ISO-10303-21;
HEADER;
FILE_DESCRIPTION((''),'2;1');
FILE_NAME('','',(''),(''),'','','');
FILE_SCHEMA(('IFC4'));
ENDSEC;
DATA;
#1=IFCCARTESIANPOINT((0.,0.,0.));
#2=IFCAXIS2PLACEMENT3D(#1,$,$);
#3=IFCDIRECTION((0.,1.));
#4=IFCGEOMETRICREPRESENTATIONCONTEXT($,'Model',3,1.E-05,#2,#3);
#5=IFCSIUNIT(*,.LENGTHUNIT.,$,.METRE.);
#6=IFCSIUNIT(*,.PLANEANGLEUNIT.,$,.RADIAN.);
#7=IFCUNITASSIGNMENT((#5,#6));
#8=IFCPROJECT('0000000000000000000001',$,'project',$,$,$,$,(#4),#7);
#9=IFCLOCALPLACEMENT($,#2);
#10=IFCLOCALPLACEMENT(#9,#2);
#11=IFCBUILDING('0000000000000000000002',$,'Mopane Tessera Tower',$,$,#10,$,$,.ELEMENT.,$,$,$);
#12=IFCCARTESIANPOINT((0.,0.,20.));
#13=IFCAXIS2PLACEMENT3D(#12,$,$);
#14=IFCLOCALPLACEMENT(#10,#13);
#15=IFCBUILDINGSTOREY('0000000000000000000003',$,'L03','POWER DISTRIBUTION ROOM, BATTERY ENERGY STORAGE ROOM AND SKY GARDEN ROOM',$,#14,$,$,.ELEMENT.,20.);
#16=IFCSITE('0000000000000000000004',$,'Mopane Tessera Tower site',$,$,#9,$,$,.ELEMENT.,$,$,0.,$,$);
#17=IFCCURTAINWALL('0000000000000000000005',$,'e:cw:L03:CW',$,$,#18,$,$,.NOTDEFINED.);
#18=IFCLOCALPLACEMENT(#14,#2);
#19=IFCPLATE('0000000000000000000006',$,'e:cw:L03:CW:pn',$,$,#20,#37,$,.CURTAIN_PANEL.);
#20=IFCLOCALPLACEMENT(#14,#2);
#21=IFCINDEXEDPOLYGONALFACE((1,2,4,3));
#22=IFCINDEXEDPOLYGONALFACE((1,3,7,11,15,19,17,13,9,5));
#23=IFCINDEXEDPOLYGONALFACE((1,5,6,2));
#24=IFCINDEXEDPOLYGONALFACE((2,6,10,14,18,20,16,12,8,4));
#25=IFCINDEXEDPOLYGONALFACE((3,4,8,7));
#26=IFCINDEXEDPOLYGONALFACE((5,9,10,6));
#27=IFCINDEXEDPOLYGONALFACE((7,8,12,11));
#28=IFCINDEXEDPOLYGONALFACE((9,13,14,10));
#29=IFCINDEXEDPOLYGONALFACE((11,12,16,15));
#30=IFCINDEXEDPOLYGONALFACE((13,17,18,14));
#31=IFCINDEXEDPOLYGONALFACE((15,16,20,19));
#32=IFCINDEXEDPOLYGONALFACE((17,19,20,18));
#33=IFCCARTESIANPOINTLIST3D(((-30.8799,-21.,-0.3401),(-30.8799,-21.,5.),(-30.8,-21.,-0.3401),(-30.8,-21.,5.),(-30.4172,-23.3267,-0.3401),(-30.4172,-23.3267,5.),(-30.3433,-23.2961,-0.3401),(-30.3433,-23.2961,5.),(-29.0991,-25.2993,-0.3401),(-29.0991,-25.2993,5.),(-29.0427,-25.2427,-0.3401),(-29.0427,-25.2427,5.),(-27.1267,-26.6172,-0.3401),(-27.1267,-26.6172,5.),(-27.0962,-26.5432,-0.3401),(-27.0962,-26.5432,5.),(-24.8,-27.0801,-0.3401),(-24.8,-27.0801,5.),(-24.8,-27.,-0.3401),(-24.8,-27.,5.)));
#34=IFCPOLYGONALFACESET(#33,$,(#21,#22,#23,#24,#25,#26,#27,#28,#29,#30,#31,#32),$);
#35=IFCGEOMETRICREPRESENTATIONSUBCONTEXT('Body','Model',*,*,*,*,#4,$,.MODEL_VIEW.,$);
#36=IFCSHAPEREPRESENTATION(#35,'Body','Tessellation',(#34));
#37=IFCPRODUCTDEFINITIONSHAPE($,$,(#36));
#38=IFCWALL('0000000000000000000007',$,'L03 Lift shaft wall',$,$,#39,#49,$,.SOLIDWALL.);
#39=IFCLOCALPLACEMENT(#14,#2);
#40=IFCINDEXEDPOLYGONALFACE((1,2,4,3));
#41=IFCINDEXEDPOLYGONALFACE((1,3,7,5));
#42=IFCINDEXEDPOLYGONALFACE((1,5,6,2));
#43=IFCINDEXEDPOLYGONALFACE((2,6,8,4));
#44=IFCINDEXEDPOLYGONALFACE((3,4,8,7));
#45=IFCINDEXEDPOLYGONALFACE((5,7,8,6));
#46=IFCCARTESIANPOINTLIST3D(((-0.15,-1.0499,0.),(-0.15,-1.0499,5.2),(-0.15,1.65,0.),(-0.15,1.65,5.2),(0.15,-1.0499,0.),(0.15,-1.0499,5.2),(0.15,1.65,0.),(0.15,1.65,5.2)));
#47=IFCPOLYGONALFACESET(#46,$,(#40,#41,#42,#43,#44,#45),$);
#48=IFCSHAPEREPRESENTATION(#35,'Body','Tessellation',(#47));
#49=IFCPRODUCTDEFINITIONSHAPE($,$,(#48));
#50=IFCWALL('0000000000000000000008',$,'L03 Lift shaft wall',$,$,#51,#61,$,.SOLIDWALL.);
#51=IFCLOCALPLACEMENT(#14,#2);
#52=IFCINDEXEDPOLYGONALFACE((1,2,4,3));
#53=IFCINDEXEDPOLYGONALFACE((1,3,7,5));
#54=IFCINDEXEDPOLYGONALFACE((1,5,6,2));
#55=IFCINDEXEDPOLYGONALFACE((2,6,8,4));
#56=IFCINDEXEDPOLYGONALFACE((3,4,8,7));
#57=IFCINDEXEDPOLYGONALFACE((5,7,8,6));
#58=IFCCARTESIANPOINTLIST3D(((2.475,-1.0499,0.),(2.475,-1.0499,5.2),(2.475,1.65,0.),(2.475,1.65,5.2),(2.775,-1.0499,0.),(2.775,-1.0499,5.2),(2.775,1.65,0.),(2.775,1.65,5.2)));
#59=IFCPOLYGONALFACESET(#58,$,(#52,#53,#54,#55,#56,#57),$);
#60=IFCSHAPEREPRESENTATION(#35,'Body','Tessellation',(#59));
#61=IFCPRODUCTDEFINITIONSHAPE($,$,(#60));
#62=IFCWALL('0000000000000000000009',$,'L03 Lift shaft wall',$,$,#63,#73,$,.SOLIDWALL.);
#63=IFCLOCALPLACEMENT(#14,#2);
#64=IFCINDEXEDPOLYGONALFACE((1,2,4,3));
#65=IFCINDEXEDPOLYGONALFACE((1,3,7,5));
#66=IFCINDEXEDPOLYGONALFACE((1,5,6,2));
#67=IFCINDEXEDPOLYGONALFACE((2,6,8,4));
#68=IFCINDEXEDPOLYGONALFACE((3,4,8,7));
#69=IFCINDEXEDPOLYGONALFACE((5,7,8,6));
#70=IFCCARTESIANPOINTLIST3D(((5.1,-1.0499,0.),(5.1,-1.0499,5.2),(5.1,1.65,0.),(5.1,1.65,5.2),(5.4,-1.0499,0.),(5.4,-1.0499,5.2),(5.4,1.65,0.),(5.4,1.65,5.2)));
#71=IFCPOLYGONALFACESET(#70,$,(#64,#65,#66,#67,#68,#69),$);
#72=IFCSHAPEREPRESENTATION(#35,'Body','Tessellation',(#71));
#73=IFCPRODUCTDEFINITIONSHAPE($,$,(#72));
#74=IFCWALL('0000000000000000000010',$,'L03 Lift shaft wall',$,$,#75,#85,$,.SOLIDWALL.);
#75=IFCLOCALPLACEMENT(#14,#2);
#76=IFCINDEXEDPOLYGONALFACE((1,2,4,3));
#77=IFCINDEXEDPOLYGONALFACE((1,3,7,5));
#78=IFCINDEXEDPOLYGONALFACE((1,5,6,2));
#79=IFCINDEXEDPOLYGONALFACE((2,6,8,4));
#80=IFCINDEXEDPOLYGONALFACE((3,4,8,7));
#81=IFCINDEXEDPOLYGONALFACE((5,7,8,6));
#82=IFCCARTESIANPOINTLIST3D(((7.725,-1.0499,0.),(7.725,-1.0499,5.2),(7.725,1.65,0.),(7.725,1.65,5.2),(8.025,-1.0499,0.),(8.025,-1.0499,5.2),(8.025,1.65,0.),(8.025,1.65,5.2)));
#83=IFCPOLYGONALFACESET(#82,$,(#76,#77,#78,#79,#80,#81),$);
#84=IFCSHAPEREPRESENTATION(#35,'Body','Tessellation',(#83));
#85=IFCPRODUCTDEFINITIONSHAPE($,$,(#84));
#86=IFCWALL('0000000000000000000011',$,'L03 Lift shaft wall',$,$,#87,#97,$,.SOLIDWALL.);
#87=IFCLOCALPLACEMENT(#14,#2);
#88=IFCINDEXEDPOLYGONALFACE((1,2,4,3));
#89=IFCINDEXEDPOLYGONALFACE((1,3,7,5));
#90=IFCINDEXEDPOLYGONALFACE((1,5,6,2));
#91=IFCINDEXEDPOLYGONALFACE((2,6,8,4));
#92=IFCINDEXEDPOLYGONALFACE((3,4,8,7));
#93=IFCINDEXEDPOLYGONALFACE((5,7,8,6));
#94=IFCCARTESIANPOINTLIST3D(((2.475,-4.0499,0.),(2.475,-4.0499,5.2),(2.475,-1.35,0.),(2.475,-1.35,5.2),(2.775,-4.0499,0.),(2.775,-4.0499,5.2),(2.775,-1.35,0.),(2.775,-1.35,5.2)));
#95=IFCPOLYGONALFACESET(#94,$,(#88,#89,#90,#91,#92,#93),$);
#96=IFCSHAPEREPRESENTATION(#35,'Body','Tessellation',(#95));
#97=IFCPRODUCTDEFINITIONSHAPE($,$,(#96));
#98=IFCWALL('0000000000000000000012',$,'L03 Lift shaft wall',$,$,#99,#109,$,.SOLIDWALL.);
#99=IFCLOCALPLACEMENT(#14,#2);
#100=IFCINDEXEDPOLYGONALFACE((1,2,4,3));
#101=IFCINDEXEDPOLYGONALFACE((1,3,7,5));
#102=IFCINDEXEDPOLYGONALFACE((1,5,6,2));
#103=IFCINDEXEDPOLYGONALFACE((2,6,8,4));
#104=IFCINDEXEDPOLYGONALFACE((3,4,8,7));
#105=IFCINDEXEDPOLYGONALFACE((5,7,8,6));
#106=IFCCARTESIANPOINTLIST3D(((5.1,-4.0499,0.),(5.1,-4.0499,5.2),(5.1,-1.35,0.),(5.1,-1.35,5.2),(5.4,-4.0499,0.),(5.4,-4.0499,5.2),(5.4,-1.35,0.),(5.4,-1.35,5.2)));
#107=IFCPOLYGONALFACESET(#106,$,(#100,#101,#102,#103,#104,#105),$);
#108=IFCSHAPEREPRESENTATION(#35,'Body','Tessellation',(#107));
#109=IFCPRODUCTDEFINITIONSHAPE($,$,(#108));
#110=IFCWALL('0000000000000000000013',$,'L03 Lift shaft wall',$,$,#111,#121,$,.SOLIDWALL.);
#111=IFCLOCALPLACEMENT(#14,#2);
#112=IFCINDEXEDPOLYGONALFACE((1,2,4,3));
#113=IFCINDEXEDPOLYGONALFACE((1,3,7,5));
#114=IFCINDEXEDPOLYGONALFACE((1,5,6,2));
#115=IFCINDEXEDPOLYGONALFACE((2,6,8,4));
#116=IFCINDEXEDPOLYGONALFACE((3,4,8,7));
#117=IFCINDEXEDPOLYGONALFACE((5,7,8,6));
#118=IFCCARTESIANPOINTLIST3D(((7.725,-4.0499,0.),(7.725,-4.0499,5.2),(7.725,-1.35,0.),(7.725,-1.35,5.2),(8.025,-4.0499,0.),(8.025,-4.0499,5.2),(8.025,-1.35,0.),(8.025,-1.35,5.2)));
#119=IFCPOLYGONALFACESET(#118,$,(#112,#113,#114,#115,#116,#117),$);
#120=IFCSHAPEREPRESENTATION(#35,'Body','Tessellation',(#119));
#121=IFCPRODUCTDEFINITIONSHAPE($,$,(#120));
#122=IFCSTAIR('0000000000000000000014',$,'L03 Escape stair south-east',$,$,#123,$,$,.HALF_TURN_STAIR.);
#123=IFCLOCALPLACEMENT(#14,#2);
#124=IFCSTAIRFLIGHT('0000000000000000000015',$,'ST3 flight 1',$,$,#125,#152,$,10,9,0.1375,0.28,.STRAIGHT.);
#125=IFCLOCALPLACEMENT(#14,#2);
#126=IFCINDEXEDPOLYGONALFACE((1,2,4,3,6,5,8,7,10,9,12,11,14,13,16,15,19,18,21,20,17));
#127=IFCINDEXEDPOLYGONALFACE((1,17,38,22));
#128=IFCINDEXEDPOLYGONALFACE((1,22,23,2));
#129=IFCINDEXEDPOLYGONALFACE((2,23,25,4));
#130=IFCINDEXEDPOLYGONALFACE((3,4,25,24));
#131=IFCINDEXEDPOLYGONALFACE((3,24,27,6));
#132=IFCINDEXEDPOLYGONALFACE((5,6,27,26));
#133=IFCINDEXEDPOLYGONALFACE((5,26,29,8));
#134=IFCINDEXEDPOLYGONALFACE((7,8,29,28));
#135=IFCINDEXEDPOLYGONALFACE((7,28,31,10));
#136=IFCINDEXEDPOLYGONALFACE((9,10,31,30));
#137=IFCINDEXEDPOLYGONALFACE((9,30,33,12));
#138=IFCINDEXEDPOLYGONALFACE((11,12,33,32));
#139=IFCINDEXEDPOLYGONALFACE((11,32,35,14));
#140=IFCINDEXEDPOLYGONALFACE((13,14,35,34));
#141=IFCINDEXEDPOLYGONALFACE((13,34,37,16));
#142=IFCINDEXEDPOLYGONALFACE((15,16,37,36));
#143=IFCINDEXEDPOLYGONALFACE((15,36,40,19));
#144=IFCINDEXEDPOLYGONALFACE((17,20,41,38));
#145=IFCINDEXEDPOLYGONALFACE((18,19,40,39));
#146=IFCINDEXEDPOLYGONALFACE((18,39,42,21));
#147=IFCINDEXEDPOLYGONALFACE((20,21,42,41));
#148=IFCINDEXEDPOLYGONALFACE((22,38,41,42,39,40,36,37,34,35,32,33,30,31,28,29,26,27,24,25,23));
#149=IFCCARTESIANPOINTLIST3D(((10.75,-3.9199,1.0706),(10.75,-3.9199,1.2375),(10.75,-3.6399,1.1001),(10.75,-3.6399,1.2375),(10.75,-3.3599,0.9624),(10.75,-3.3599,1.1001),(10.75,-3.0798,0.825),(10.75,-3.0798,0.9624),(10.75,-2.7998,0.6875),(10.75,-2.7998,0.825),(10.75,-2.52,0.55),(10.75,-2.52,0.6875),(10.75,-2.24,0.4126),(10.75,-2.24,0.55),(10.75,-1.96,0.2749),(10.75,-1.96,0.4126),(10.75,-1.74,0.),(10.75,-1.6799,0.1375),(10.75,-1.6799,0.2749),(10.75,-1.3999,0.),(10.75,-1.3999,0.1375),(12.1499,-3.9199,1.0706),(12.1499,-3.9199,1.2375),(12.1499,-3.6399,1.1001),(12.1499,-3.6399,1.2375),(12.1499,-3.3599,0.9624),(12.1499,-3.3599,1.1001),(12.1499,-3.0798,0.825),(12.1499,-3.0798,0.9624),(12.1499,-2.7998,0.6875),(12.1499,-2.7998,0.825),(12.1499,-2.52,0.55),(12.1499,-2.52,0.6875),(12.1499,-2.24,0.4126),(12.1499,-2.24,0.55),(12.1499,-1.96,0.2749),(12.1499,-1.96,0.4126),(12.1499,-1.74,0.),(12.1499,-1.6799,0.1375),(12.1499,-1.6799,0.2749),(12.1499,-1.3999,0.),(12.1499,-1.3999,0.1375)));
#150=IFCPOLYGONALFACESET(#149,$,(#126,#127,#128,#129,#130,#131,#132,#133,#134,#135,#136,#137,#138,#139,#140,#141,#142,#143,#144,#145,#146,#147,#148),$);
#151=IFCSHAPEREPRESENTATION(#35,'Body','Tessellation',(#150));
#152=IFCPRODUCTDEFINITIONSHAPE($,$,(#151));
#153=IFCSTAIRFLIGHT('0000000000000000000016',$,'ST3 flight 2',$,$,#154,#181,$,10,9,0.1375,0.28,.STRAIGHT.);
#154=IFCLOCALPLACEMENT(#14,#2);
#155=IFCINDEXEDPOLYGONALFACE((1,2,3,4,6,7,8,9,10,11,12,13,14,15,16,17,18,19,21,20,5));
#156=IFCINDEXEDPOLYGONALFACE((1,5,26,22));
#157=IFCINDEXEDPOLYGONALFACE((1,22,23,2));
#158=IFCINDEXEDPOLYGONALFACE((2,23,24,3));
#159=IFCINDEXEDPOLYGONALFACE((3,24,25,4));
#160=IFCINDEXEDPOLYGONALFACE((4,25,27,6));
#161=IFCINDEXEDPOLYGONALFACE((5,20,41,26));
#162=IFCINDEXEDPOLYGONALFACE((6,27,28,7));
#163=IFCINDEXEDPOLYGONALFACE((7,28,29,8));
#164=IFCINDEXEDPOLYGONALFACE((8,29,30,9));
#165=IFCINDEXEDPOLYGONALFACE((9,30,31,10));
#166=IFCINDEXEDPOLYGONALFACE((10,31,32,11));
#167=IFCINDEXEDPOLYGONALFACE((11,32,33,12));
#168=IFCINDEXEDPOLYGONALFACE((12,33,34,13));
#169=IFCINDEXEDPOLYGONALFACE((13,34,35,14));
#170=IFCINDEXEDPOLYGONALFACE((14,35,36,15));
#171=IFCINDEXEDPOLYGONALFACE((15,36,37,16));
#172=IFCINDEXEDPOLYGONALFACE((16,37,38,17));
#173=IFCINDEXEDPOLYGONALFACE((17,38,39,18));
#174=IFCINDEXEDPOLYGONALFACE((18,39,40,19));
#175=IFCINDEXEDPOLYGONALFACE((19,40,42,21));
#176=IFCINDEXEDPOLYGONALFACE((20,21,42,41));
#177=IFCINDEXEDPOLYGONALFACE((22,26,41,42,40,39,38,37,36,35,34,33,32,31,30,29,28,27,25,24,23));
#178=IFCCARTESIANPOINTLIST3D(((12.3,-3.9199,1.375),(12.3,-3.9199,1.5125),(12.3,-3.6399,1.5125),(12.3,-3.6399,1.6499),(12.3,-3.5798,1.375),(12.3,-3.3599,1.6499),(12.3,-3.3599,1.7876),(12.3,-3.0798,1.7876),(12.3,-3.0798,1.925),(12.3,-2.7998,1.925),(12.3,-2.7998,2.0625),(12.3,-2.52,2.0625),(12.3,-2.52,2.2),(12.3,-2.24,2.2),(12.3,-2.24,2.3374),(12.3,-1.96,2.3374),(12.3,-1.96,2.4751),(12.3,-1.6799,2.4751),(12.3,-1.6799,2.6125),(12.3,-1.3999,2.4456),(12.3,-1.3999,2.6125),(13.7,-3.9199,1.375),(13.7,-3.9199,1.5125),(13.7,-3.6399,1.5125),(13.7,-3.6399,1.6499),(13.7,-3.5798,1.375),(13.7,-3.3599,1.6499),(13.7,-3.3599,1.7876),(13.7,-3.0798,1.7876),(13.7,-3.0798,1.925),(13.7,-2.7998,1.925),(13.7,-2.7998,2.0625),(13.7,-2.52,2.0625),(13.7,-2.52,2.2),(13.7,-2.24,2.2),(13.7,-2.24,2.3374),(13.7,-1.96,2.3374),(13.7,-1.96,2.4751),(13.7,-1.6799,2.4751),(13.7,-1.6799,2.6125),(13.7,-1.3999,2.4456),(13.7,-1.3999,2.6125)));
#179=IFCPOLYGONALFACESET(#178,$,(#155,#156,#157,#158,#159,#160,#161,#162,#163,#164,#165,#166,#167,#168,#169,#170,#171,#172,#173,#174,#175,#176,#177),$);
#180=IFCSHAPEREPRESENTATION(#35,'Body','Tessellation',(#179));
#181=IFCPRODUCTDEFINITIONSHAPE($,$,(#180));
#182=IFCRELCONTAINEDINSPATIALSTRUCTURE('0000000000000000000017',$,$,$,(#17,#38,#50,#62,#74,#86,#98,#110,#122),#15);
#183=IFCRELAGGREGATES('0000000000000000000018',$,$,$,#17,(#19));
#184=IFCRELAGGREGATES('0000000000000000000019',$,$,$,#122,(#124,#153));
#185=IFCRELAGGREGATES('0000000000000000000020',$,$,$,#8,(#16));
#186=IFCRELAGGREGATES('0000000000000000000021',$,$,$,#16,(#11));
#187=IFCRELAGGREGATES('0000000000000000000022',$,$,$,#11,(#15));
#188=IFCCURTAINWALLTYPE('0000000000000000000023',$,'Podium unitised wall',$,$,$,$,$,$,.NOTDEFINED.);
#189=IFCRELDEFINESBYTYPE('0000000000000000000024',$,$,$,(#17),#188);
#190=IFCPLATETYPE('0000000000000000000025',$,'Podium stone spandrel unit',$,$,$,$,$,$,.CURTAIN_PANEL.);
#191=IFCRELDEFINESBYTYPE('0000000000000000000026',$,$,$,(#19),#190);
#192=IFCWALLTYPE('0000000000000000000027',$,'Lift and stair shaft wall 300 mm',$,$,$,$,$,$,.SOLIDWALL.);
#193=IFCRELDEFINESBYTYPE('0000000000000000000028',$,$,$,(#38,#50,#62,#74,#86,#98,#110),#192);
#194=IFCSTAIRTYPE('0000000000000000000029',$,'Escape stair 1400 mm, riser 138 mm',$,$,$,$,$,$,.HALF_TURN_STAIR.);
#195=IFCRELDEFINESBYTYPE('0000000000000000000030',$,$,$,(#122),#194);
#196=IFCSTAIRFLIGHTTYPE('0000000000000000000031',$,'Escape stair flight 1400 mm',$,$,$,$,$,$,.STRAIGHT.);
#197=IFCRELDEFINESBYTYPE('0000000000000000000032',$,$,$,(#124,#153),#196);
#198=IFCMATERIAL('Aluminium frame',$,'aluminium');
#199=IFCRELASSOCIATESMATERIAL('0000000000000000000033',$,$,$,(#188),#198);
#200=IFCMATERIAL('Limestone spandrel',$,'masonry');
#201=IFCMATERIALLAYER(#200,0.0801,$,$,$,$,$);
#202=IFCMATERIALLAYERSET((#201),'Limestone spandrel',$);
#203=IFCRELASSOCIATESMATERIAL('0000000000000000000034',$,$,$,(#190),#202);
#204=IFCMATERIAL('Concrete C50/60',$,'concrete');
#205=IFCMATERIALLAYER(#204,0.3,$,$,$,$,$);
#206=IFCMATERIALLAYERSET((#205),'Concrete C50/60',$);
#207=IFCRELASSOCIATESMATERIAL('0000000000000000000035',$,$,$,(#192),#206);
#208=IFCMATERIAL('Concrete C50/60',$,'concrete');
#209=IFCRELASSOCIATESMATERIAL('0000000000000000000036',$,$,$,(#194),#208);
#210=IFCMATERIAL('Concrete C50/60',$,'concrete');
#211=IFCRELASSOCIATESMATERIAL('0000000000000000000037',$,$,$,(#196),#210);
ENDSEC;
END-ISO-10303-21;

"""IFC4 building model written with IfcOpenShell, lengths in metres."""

from ifc_helpers import new_model, si_unit, direction, frame, frame_2d, origin, place, context, subcontext, project, spatial, polyline, rectangle, outline, extrude, material, layer, layer_set, type_object, element, aggregate, save


model = new_model("IFC4")

# Units and contexts
model_context = context("Model", 3, precision=1e-05, world=origin(), true_north=direction((0.0, 1.0)))
body_context = subcontext(model_context, "Body", "Model", "MODEL_VIEW")
ifc_project = project(units=[si_unit("LENGTHUNIT", "METRE"), si_unit("PLANEANGLEUNIT", "RADIAN")], contexts=[model_context])

# Site, building, storey
site_placement = place(None, origin())
site = spatial("IfcSite", under=ifc_project, at=site_placement, Name="Mopane Tessera Tower site", CompositionType="ELEMENT", RefElevation=0.0)
building_placement = place(site_placement, origin())
building = spatial("IfcBuilding", under=site, at=building_placement, Name="Mopane Tessera Tower", CompositionType="ELEMENT")
storey_placement = place(building_placement, frame((0.0, 0.0, 20.0)))
storey = spatial("IfcBuildingStorey", under=building, at=storey_placement, Name="L03", Description="POWER DISTRIBUTION ROOM, BATTERY ENERGY STORAGE ROOM AND SKY GARDEN ROOM", CompositionType="ELEMENT", Elevation=20.0)

# Curtain wall, plate
ifc_material_1 = material(Name="Aluminium frame", Category="aluminium")
curtain_wall_type = type_object("IfcCurtainWallType", Name="Podium unitised wall", PredefinedType="NOTDEFINED", material=ifc_material_1)
curtain_wall_placement = place(storey_placement, origin())
curtain_wall = element("IfcCurtainWall", 1, at=curtain_wall_placement, inside=storey, type_object=curtain_wall_type, Name="e:cw:L03:CW", PredefinedType="NOTDEFINED")
ifc_material_2 = material(Name="Limestone spandrel", Category="masonry")
ifc_layer_1 = layer(ifc_material_2, 0.0801)
ifc_layer_set_1 = layer_set([ifc_layer_1], Name="Limestone spandrel")
plate_type = type_object("IfcPlateType", Name="Podium stone spandrel unit", PredefinedType="CURTAIN_PANEL", material=ifc_layer_set_1)
plate_placement = place(storey_placement, frame((0.0, 0.0, -0.3401)))
plate = element("IfcPlate", 2, at=plate_placement, type_object=plate_type, Name="e:cw:L03:CW:pn", PredefinedType="CURTAIN_PANEL", context=body_context, shape_type="SweptSolid", body=[
    extrude(outline(polyline([(-30.8, -21.0), (-30.3433, -23.2961), (-29.0427, -25.2427), (-27.0962, -26.5432), (-24.8, -27.0), (-24.8, -27.0801), (-27.1267, -26.6172), (-29.0991, -25.2993), (-30.4172, -23.3267), (-30.8799, -21.0), (-30.8, -21.0)])), origin(), (0.0, 0.0, 1.0), 5.3401),
])
aggregate(curtain_wall, [plate])

# Walls
ifc_material_3 = material(Name="Concrete C50/60", Category="concrete")
ifc_layer_2 = layer(ifc_material_3, 0.3)
ifc_layer_set_2 = layer_set([ifc_layer_2], Name="Concrete C50/60")
wall_type = type_object("IfcWallType", Name="Lift and stair shaft wall 300 mm", PredefinedType="SOLIDWALL", material=ifc_layer_set_2)
for number, where, z_axis, x_axis, name in (
    (3, (0.0, -1.05, 0.0), (0.0, 0.0, 1.0), (0.0, 1.0, 0.0), "L03 Lift shaft wall"),
    (4, (2.625, -1.05, 0.0), (0.0, 0.0, 1.0), (0.0, 1.0, 0.0), "L03 Lift shaft wall"),
    (5, (5.25, -1.05, 0.0), (0.0, 0.0, 1.0), (0.0, 1.0, 0.0), "L03 Lift shaft wall"),
    (6, (7.875, -1.05, 0.0), (0.0, 0.0, 1.0), (0.0, 1.0, 0.0), "L03 Lift shaft wall"),
    (7, (2.625, -4.05, 0.0), (0.0, 0.0, 1.0), (0.0, 1.0, 0.0), "L03 Lift shaft wall"),
    (8, (5.25, -4.05, 0.0), (0.0, 0.0, 1.0), (0.0, 1.0, 0.0), "L03 Lift shaft wall"),
    (9, (7.875, -4.05, 0.0), (0.0, 0.0, 1.0), (0.0, 1.0, 0.0), "L03 Lift shaft wall"),
):
    element("IfcWall", number, at=place(storey_placement, frame(where, z_axis=z_axis, x_axis=x_axis)), inside=storey, type_object=wall_type, Name=name, PredefinedType="SOLIDWALL", context=body_context, shape_type="SweptSolid", body=[
        extrude(rectangle(XDim=2.7, YDim=0.3, at=frame_2d((1.3501, 0.0))), origin(), (0.0, 0.0, 1.0), 5.2),
    ])

# Stair, stair flights
ifc_material_4 = material(Name="Concrete C50/60", Category="concrete")
stair_type = type_object("IfcStairType", Name="Escape stair 1400 mm, riser 138 mm", PredefinedType="HALF_TURN_STAIR", material=ifc_material_4)
stair_placement = place(storey_placement, origin())
stair = element("IfcStair", 10, at=stair_placement, inside=storey, type_object=stair_type, Name="L03 Escape stair south-east", PredefinedType="HALF_TURN_STAIR")
ifc_material_5 = material(Name="Concrete C50/60", Category="concrete")
stair_flight_type = type_object("IfcStairFlightType", Name="Escape stair flight 1400 mm", PredefinedType="STRAIGHT", material=ifc_material_5)
stair_flight_1_placement = place(storey_placement, frame((11.45, -1.3999, 0.0), z_axis=(0.0, 0.0, 1.0), x_axis=(0.0, -1.0, 0.0)))
stair_flight_1 = element("IfcStairFlight", 11, at=stair_flight_1_placement, type_object=stair_flight_type, Name="ST3 flight 1", NumberOfRisers=10, NumberOfTreads=9, PredefinedType="STRAIGHT", RiserHeight=0.1375, TreadLength=0.28, context=body_context, shape_type="SweptSolid", body=[
    extrude(outline(polyline([(0.0, 0.0), (0.0, 0.1375), (0.28, 0.1375), (0.28, 0.2749), (0.5601, 0.2749), (0.5601, 0.4126), (0.8401, 0.4126), (0.8401, 0.55), (1.1201, 0.55), (1.1201, 0.6875), (1.3999, 0.6875), (1.3999, 0.825), (1.6799, 0.825), (1.6799, 0.9624), (1.96, 0.9624), (1.96, 1.1001), (2.24, 1.1001), (2.24, 1.2375), (2.52, 1.2375), (2.52, 1.375), (2.52, 1.0706), (0.3401, 0.0), (0.0, 0.0)])), frame((0.0, 0.7, 0.0), z_axis=(0.0, -1.0, 0.0), x_axis=(1.0, 0.0, 0.0)), (0.0, 0.0, 1.0), 1.3999),
])
stair_flight_2_placement = place(storey_placement, frame((13.0, -3.9199, 1.375), z_axis=(0.0, 0.0, 1.0), x_axis=(0.0, 1.0, 0.0)))
stair_flight_2 = element("IfcStairFlight", 12, at=stair_flight_2_placement, type_object=stair_flight_type, Name="ST3 flight 2", NumberOfRisers=10, NumberOfTreads=9, PredefinedType="STRAIGHT", RiserHeight=0.1375, TreadLength=0.28, context=body_context, shape_type="SweptSolid", body=[
    extrude(outline(polyline([(0.0, 0.0), (0.0, 0.1375), (0.28, 0.1375), (0.28, 0.2749), (0.5601, 0.2749), (0.5601, 0.4126), (0.8401, 0.4126), (0.8401, 0.55), (1.1201, 0.55), (1.1201, 0.6875), (1.3999, 0.6875), (1.3999, 0.825), (1.6799, 0.825), (1.6799, 0.9624), (1.96, 0.9624), (1.96, 1.1001), (2.24, 1.1001), (2.24, 1.2375), (2.52, 1.2375), (2.52, 1.375), (2.52, 1.0706), (0.3401, 0.0), (0.0, 0.0)])), frame((0.0, 0.7, 0.0), z_axis=(0.0, -1.0, 0.0), x_axis=(1.0, 0.0, 0.0)), (0.0, 0.0, 1.0), 1.3999),
])
aggregate(stair, [stair_flight_1, stair_flight_2])

save(model, "model.ifc")
